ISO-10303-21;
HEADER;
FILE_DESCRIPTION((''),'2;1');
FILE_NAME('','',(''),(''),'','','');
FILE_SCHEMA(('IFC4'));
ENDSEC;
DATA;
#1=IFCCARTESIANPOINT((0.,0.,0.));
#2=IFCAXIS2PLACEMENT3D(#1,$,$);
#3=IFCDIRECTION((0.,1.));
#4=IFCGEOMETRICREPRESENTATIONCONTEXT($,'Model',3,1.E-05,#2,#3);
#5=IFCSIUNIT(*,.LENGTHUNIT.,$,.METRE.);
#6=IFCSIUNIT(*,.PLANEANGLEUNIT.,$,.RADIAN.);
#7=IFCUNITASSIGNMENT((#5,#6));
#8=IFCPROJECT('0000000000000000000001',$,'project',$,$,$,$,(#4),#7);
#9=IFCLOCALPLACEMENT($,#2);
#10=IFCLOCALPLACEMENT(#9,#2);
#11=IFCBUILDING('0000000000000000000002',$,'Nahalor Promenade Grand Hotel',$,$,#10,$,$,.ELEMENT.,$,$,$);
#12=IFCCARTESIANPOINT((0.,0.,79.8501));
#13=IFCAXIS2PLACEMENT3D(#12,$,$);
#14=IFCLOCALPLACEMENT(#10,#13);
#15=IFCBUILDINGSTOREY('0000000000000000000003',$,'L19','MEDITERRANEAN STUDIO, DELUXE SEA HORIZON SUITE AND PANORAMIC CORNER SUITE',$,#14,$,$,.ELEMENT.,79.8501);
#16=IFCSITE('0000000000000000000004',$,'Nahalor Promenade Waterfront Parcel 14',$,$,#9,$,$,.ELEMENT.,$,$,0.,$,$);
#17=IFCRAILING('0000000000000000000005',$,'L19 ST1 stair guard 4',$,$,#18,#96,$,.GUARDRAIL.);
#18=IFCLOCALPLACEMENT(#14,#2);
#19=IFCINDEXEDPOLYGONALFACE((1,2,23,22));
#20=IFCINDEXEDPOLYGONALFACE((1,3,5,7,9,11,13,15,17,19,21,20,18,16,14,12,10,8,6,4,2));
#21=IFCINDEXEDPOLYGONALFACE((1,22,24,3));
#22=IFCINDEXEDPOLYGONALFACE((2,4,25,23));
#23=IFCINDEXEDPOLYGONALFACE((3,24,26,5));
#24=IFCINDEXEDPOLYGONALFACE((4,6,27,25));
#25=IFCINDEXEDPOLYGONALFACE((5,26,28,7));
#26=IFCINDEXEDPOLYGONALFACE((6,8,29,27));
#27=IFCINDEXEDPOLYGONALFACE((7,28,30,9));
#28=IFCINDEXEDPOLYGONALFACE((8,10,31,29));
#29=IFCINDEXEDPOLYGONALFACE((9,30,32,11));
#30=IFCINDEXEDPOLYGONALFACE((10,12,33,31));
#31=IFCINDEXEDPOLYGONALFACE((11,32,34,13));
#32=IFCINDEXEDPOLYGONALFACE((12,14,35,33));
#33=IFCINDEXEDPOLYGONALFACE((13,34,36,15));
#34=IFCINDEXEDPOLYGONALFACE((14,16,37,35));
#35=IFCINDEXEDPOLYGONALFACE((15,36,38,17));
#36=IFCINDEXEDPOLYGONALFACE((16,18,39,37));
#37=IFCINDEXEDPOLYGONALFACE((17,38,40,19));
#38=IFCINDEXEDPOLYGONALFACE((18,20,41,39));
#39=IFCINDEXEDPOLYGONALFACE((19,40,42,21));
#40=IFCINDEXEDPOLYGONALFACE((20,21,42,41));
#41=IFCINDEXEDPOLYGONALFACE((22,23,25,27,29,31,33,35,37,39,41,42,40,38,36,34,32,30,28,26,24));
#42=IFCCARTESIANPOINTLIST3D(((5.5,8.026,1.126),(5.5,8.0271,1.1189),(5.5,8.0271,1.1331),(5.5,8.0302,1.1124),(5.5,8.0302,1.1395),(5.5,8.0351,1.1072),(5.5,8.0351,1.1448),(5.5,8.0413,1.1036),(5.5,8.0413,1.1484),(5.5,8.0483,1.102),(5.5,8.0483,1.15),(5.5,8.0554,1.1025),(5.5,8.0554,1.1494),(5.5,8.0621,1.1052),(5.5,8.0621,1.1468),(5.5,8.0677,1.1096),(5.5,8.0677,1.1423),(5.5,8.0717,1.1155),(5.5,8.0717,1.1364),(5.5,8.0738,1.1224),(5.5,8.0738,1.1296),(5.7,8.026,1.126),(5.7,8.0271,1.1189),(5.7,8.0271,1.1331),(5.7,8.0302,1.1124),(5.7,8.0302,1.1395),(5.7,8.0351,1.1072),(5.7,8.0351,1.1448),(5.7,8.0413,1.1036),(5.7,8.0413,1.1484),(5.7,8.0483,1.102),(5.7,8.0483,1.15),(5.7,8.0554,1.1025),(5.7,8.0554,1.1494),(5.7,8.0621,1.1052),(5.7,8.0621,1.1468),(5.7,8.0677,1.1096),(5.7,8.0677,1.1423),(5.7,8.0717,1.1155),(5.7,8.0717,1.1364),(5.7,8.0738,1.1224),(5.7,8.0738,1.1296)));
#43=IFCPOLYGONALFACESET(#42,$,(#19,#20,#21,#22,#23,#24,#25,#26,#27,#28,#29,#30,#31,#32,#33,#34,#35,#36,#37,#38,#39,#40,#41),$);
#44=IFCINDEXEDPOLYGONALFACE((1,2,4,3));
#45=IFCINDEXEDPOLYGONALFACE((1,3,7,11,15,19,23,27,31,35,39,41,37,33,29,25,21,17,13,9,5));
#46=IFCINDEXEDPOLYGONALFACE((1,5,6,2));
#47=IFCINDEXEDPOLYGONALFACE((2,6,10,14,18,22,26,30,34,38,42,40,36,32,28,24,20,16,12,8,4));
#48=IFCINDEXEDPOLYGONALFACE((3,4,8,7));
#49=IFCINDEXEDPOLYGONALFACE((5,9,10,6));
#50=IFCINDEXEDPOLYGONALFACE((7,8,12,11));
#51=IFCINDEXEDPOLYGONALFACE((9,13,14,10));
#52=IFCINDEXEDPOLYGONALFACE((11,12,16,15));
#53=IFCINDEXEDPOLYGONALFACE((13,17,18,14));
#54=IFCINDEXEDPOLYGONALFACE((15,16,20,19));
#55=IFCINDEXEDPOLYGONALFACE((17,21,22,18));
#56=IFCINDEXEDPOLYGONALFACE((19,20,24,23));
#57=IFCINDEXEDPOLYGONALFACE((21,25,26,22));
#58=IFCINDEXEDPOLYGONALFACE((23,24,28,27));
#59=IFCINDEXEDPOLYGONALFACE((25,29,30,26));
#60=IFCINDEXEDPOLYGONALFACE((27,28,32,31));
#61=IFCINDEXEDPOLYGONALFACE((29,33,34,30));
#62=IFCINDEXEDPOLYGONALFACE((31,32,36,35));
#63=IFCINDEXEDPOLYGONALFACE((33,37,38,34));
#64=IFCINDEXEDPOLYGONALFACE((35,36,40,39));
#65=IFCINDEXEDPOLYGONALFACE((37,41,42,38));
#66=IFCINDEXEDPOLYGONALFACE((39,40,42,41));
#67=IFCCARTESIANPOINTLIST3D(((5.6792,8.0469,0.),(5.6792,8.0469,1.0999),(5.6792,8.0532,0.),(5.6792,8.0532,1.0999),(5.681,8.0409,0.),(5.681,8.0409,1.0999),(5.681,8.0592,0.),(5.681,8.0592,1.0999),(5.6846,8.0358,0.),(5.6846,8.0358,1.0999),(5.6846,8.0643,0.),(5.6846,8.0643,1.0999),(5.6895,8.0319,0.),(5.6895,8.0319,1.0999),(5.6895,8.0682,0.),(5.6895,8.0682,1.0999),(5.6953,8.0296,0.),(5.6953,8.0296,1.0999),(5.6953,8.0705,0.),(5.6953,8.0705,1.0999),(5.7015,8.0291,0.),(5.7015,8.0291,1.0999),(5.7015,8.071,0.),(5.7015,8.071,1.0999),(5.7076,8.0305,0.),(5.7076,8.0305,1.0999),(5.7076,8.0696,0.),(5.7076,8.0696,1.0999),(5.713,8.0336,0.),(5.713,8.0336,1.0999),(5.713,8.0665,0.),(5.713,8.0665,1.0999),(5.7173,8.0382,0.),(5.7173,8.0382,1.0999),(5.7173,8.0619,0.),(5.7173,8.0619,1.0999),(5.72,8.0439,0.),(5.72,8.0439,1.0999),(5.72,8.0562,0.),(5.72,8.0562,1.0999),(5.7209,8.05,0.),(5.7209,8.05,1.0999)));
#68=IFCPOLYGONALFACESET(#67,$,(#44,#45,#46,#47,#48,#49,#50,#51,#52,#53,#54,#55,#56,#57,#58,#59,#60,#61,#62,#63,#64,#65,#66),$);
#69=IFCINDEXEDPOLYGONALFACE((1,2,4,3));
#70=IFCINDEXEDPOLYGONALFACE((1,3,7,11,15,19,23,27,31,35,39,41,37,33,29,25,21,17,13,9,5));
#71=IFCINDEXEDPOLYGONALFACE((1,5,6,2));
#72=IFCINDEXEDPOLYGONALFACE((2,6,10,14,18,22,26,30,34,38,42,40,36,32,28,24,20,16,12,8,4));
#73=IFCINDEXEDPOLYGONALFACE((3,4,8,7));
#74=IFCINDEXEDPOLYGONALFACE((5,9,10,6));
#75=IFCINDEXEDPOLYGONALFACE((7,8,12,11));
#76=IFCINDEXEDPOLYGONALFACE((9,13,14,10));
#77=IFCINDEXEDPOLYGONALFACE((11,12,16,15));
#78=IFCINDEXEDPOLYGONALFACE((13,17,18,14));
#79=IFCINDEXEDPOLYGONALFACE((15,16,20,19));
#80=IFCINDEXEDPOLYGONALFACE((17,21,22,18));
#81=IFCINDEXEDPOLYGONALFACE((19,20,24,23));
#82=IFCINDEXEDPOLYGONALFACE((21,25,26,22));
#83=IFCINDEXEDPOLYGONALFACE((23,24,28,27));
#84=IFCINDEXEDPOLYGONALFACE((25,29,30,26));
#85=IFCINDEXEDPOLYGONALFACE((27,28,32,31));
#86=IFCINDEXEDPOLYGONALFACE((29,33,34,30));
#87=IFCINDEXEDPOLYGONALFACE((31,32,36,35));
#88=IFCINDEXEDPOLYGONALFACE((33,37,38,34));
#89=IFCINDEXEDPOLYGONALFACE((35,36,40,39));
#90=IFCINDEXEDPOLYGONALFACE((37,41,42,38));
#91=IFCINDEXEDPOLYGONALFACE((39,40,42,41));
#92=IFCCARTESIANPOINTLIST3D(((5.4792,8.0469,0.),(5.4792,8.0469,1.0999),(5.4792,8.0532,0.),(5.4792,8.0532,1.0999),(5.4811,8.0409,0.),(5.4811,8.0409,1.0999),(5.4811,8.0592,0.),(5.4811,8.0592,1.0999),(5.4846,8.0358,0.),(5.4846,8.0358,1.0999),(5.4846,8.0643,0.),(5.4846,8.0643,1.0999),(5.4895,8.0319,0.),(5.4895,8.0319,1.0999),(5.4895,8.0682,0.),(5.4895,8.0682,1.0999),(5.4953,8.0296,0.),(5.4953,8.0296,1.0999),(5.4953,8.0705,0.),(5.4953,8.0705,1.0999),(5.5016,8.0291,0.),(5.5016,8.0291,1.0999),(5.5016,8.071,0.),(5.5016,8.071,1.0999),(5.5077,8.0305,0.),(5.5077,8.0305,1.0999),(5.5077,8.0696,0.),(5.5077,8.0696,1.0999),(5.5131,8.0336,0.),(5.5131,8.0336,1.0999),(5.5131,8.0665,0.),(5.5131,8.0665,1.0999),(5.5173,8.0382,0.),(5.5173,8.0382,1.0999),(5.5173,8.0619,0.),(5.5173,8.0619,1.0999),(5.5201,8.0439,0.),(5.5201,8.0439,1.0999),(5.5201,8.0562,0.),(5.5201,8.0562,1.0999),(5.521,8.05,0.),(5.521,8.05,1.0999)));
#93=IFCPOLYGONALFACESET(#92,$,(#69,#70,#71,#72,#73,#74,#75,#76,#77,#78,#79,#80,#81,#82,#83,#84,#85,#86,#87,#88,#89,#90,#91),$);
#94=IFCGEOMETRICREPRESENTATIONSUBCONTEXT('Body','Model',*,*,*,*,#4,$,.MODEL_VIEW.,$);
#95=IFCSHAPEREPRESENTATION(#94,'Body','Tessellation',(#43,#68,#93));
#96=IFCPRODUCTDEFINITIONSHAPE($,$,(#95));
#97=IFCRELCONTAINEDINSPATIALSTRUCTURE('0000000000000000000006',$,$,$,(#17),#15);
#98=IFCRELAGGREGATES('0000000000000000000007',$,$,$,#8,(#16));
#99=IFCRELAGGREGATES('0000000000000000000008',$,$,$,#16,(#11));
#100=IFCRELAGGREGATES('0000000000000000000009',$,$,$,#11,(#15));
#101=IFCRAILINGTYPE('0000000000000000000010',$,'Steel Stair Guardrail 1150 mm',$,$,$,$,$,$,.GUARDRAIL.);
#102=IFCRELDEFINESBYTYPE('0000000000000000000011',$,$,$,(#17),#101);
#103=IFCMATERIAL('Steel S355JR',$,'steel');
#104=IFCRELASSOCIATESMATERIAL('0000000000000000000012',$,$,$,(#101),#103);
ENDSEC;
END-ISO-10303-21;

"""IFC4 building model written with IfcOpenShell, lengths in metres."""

from ifc_helpers import new_model, si_unit, direction, frame, origin, origin_2d, place, context, subcontext, project, spatial, circle, extrude, material, type_object, element, save


model = new_model("IFC4")

# Units and contexts
model_context = context("Model", 3, precision=1e-05, world=origin(), true_north=direction((0.0, 1.0)))
body_context = subcontext(model_context, "Body", "Model", "MODEL_VIEW")
ifc_project = project(units=[si_unit("LENGTHUNIT", "METRE"), si_unit("PLANEANGLEUNIT", "RADIAN")], contexts=[model_context])

# Site, building, storey
site_placement = place(None, origin())
site = spatial("IfcSite", under=ifc_project, at=site_placement, Name="Nahalor Promenade Waterfront Parcel 14", CompositionType="ELEMENT", RefElevation=0.0)
building_placement = place(site_placement, origin())
building = spatial("IfcBuilding", under=site, at=building_placement, Name="Nahalor Promenade Grand Hotel", CompositionType="ELEMENT")
storey_placement = place(building_placement, frame((0.0, 0.0, 79.8501)))
storey = spatial("IfcBuildingStorey", under=building, at=storey_placement, Name="L19", Description="MEDITERRANEAN STUDIO, DELUXE SEA HORIZON SUITE AND PANORAMIC CORNER SUITE", CompositionType="ELEMENT", Elevation=79.8501)

# Shared definitions
ifc_material_1 = material(Name="Steel S355JR", Category="steel")

# Railing
railing_type_1 = type_object("IfcRailingType", Name="Steel Stair Guardrail 1150 mm", PredefinedType="GUARDRAIL", material=ifc_material_1)
railing_1_placement = place(storey_placement, frame((5.7, 8.05, 0.0)))
element("IfcRailing", 1, at=railing_1_placement, inside=storey, type_object=railing_type_1, Name="L19 ST1 stair guard 4", PredefinedType="GUARDRAIL", context=body_context, shape_type="SweptSolid", body=[
    extrude(circle(Radius=0.024, at=origin_2d()), frame((0.0, 0.0, 1.126), z_axis=(-1.0, 0.0, 0.0), x_axis=(0.0, -1.0, 0.0)), (0.0, 0.0, 1.0), 0.2),
    extrude(circle(Radius=0.021, at=origin_2d()), origin(), (0.0, 0.0, 1.0), 1.0999),
    extrude(circle(Radius=0.021, at=origin_2d()), frame((-0.2, 0.0, 0.0)), (0.0, 0.0, 1.0), 1.0999),
])

save(model, "model.ifc")
